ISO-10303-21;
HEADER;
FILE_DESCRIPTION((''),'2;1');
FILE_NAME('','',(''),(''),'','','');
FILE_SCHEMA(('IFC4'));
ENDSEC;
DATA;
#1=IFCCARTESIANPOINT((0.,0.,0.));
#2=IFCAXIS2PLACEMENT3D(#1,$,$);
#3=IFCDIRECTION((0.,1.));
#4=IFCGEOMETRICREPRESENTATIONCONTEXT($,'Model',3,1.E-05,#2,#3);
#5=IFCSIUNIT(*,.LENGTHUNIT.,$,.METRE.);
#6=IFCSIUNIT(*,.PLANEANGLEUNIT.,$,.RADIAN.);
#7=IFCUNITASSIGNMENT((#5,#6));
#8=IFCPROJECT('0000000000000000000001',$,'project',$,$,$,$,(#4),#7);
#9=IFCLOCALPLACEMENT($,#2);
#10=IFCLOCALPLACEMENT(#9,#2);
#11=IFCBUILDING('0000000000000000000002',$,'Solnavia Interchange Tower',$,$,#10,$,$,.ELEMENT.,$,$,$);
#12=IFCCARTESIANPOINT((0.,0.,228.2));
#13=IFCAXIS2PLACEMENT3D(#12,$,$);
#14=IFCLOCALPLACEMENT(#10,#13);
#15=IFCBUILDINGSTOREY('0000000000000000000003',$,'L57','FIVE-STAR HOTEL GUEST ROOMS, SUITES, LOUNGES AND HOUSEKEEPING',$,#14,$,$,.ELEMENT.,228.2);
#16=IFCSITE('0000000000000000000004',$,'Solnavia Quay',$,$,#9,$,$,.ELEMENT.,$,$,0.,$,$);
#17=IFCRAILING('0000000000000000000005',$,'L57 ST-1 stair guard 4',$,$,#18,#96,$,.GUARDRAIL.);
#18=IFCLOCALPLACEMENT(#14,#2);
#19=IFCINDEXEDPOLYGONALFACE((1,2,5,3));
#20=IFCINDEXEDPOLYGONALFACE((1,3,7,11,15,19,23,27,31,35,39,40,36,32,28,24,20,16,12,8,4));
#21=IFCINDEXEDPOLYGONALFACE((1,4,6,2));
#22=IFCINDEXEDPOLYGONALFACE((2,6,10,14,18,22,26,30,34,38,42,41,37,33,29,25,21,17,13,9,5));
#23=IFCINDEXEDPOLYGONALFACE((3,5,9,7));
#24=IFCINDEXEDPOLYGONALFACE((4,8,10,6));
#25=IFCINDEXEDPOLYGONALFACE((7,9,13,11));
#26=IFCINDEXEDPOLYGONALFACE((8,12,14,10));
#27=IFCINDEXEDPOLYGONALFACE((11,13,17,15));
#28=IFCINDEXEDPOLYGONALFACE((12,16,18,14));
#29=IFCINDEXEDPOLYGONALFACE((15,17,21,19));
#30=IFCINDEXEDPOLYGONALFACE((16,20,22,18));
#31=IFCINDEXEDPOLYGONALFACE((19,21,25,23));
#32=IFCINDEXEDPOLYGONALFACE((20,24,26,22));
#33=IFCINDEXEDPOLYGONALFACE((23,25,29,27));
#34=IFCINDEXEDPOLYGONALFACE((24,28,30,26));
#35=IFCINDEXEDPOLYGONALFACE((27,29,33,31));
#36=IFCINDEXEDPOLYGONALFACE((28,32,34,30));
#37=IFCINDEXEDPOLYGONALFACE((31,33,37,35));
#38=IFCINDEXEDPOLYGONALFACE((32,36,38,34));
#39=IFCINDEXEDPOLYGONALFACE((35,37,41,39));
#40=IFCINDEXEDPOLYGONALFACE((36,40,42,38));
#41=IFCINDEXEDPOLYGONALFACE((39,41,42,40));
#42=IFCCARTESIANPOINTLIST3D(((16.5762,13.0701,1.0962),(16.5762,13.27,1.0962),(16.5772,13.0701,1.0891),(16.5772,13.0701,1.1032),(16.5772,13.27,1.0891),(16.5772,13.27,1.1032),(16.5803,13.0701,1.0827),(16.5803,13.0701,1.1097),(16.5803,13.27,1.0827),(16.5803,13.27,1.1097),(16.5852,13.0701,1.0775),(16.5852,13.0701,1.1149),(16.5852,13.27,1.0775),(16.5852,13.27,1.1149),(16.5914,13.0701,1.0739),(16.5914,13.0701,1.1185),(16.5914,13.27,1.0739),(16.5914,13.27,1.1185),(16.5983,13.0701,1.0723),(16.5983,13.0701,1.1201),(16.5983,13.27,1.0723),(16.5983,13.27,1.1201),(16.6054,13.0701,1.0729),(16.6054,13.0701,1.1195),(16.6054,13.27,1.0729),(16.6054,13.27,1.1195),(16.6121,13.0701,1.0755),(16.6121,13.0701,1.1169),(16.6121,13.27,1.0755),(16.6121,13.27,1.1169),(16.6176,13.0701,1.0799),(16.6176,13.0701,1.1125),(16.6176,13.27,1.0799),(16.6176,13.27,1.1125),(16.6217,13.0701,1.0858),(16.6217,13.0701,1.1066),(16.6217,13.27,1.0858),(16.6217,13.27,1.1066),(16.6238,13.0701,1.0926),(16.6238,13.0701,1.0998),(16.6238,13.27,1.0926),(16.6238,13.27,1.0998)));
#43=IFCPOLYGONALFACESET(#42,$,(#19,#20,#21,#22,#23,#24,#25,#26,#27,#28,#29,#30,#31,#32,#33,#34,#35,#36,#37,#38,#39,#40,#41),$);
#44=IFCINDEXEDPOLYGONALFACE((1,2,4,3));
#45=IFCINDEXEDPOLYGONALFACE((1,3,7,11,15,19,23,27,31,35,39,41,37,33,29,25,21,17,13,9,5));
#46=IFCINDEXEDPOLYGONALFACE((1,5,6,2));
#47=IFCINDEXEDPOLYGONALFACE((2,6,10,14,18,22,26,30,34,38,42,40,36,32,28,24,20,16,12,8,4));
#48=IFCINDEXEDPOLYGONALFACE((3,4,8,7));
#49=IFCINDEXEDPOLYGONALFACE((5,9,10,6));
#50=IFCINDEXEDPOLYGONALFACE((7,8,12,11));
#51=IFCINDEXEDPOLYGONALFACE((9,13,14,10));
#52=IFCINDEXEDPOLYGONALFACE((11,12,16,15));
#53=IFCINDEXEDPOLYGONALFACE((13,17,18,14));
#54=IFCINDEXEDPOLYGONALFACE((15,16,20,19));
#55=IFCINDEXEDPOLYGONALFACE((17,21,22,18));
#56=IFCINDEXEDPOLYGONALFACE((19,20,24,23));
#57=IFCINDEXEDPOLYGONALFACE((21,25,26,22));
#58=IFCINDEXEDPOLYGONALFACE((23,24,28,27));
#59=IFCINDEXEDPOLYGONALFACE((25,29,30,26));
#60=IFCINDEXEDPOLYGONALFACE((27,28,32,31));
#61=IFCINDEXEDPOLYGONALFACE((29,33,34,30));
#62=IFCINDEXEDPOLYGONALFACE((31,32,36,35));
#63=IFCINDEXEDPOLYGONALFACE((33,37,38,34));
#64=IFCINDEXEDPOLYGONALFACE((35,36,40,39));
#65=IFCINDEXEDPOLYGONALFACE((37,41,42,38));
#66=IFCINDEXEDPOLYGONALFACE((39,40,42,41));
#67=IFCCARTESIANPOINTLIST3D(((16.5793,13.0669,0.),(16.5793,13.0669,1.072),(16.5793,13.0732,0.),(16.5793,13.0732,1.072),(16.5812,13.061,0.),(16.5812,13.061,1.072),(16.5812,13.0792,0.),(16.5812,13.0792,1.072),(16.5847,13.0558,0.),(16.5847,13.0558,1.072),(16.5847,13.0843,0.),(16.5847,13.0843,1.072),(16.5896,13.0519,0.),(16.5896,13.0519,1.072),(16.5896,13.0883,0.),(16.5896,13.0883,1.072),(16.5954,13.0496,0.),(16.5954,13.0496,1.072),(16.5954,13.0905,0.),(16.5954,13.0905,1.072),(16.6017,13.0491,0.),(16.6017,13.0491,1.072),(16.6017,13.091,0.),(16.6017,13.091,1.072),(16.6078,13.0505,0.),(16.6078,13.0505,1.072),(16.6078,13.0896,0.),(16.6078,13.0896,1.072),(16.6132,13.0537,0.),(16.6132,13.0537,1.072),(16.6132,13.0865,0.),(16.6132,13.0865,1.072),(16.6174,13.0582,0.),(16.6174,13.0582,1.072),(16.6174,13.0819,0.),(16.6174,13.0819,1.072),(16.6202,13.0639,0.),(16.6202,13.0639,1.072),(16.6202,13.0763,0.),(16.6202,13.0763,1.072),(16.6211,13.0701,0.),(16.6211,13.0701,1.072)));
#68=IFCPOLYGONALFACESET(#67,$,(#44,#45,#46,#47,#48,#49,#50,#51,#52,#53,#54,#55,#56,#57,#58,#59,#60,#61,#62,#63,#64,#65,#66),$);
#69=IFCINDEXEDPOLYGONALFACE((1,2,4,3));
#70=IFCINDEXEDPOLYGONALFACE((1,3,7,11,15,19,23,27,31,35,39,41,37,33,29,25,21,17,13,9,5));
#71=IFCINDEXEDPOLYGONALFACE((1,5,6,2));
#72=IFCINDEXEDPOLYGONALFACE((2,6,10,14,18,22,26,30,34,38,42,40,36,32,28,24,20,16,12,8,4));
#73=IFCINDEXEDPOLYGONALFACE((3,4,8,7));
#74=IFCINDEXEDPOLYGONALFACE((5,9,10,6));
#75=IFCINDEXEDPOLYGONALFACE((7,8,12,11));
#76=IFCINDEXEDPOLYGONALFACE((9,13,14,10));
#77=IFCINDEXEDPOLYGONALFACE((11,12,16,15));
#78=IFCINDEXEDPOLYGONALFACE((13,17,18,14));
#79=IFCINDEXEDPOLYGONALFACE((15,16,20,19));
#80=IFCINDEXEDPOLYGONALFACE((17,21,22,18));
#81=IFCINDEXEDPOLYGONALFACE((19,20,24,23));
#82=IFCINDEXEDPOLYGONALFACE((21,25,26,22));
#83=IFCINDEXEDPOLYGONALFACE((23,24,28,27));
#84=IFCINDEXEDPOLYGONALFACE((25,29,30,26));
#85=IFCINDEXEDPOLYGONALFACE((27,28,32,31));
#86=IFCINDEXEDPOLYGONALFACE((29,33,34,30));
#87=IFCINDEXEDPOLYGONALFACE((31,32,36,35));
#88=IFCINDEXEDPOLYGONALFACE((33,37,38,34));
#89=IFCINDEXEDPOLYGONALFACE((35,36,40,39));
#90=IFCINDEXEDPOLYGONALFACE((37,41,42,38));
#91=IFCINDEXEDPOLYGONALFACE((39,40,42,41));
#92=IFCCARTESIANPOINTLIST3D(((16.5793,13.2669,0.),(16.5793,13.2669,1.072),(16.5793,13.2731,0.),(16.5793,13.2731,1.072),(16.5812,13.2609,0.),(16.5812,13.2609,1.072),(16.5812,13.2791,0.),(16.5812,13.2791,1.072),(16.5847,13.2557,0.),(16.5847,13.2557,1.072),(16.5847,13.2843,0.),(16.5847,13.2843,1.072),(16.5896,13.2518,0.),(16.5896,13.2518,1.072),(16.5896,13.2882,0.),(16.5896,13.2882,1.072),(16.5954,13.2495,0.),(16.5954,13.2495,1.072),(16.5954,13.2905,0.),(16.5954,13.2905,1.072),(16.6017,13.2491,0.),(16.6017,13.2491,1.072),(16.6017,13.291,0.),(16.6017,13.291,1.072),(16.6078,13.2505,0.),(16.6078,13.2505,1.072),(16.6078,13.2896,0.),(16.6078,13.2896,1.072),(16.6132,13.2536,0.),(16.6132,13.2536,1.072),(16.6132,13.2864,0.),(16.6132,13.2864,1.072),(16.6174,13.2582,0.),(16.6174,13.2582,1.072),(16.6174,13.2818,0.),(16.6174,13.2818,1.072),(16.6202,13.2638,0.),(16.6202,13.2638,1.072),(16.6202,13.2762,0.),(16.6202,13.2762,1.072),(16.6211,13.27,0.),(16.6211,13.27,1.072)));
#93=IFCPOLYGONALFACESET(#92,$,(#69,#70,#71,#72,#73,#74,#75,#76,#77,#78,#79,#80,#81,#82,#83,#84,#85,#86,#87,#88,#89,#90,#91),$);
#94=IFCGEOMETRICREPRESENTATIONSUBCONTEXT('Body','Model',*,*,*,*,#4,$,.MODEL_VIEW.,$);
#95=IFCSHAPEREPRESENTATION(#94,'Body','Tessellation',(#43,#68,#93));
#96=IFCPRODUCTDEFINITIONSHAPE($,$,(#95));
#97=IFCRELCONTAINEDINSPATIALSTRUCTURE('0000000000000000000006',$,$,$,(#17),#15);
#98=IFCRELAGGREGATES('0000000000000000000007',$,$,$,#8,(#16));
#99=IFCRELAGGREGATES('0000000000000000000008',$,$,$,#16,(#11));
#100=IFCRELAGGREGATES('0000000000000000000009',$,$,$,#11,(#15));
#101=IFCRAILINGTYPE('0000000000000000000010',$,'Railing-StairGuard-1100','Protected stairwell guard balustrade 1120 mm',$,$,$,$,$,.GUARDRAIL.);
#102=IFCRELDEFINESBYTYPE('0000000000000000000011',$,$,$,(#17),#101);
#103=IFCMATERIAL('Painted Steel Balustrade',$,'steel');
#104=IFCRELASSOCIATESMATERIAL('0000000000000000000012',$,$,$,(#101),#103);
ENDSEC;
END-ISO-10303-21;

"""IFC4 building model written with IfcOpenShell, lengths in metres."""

from ifc_helpers import new_model, si_unit, direction, frame, origin, origin_2d, place, context, subcontext, project, spatial, circle, extrude, material, type_object, element, save


model = new_model("IFC4")

# Units and contexts
model_context = context("Model", 3, precision=1e-05, world=origin(), true_north=direction((0.0, 1.0)))
body_context = subcontext(model_context, "Body", "Model", "MODEL_VIEW")
ifc_project = project(units=[si_unit("LENGTHUNIT", "METRE"), si_unit("PLANEANGLEUNIT", "RADIAN")], contexts=[model_context])

# Site, building, storey
site_placement = place(None, origin())
site = spatial("IfcSite", under=ifc_project, at=site_placement, Name="Solnavia Quay", CompositionType="ELEMENT", RefElevation=0.0)
building_placement = place(site_placement, origin())
building = spatial("IfcBuilding", under=site, at=building_placement, Name="Solnavia Interchange Tower", CompositionType="ELEMENT")
storey_placement = place(building_placement, frame((0.0, 0.0, 228.2)))
storey = spatial("IfcBuildingStorey", under=building, at=storey_placement, Name="L57", Description="FIVE-STAR HOTEL GUEST ROOMS, SUITES, LOUNGES AND HOUSEKEEPING", CompositionType="ELEMENT", Elevation=228.2)

# Railing
ifc_material_1 = material(Name="Painted Steel Balustrade", Category="steel")
railing_type_1 = type_object("IfcRailingType", Name="Railing-StairGuard-1100", Description="Protected stairwell guard balustrade 1120 mm", PredefinedType="GUARDRAIL", material=ifc_material_1)
railing_1_placement = place(storey_placement, frame((16.6001, 13.0701, 0.0)))
element("IfcRailing", 1, at=railing_1_placement, inside=storey, type_object=railing_type_1, Name="L57 ST-1 stair guard 4", PredefinedType="GUARDRAIL", context=body_context, shape_type="SweptSolid", body=[
    extrude(circle(Radius=0.0239, at=origin_2d()), frame((0.0, 0.0, 1.0962), z_axis=(0.0, 1.0, 0.0), x_axis=(-1.0, 0.0, 0.0)), (0.0, 0.0, 1.0), 0.2),
    extrude(circle(Radius=0.021, at=origin_2d()), origin(), (0.0, 0.0, 1.0), 1.072),
    extrude(circle(Radius=0.021, at=origin_2d()), frame((0.0, 0.2, 0.0)), (0.0, 0.0, 1.0), 1.072),
])

save(model, "model.ifc")
